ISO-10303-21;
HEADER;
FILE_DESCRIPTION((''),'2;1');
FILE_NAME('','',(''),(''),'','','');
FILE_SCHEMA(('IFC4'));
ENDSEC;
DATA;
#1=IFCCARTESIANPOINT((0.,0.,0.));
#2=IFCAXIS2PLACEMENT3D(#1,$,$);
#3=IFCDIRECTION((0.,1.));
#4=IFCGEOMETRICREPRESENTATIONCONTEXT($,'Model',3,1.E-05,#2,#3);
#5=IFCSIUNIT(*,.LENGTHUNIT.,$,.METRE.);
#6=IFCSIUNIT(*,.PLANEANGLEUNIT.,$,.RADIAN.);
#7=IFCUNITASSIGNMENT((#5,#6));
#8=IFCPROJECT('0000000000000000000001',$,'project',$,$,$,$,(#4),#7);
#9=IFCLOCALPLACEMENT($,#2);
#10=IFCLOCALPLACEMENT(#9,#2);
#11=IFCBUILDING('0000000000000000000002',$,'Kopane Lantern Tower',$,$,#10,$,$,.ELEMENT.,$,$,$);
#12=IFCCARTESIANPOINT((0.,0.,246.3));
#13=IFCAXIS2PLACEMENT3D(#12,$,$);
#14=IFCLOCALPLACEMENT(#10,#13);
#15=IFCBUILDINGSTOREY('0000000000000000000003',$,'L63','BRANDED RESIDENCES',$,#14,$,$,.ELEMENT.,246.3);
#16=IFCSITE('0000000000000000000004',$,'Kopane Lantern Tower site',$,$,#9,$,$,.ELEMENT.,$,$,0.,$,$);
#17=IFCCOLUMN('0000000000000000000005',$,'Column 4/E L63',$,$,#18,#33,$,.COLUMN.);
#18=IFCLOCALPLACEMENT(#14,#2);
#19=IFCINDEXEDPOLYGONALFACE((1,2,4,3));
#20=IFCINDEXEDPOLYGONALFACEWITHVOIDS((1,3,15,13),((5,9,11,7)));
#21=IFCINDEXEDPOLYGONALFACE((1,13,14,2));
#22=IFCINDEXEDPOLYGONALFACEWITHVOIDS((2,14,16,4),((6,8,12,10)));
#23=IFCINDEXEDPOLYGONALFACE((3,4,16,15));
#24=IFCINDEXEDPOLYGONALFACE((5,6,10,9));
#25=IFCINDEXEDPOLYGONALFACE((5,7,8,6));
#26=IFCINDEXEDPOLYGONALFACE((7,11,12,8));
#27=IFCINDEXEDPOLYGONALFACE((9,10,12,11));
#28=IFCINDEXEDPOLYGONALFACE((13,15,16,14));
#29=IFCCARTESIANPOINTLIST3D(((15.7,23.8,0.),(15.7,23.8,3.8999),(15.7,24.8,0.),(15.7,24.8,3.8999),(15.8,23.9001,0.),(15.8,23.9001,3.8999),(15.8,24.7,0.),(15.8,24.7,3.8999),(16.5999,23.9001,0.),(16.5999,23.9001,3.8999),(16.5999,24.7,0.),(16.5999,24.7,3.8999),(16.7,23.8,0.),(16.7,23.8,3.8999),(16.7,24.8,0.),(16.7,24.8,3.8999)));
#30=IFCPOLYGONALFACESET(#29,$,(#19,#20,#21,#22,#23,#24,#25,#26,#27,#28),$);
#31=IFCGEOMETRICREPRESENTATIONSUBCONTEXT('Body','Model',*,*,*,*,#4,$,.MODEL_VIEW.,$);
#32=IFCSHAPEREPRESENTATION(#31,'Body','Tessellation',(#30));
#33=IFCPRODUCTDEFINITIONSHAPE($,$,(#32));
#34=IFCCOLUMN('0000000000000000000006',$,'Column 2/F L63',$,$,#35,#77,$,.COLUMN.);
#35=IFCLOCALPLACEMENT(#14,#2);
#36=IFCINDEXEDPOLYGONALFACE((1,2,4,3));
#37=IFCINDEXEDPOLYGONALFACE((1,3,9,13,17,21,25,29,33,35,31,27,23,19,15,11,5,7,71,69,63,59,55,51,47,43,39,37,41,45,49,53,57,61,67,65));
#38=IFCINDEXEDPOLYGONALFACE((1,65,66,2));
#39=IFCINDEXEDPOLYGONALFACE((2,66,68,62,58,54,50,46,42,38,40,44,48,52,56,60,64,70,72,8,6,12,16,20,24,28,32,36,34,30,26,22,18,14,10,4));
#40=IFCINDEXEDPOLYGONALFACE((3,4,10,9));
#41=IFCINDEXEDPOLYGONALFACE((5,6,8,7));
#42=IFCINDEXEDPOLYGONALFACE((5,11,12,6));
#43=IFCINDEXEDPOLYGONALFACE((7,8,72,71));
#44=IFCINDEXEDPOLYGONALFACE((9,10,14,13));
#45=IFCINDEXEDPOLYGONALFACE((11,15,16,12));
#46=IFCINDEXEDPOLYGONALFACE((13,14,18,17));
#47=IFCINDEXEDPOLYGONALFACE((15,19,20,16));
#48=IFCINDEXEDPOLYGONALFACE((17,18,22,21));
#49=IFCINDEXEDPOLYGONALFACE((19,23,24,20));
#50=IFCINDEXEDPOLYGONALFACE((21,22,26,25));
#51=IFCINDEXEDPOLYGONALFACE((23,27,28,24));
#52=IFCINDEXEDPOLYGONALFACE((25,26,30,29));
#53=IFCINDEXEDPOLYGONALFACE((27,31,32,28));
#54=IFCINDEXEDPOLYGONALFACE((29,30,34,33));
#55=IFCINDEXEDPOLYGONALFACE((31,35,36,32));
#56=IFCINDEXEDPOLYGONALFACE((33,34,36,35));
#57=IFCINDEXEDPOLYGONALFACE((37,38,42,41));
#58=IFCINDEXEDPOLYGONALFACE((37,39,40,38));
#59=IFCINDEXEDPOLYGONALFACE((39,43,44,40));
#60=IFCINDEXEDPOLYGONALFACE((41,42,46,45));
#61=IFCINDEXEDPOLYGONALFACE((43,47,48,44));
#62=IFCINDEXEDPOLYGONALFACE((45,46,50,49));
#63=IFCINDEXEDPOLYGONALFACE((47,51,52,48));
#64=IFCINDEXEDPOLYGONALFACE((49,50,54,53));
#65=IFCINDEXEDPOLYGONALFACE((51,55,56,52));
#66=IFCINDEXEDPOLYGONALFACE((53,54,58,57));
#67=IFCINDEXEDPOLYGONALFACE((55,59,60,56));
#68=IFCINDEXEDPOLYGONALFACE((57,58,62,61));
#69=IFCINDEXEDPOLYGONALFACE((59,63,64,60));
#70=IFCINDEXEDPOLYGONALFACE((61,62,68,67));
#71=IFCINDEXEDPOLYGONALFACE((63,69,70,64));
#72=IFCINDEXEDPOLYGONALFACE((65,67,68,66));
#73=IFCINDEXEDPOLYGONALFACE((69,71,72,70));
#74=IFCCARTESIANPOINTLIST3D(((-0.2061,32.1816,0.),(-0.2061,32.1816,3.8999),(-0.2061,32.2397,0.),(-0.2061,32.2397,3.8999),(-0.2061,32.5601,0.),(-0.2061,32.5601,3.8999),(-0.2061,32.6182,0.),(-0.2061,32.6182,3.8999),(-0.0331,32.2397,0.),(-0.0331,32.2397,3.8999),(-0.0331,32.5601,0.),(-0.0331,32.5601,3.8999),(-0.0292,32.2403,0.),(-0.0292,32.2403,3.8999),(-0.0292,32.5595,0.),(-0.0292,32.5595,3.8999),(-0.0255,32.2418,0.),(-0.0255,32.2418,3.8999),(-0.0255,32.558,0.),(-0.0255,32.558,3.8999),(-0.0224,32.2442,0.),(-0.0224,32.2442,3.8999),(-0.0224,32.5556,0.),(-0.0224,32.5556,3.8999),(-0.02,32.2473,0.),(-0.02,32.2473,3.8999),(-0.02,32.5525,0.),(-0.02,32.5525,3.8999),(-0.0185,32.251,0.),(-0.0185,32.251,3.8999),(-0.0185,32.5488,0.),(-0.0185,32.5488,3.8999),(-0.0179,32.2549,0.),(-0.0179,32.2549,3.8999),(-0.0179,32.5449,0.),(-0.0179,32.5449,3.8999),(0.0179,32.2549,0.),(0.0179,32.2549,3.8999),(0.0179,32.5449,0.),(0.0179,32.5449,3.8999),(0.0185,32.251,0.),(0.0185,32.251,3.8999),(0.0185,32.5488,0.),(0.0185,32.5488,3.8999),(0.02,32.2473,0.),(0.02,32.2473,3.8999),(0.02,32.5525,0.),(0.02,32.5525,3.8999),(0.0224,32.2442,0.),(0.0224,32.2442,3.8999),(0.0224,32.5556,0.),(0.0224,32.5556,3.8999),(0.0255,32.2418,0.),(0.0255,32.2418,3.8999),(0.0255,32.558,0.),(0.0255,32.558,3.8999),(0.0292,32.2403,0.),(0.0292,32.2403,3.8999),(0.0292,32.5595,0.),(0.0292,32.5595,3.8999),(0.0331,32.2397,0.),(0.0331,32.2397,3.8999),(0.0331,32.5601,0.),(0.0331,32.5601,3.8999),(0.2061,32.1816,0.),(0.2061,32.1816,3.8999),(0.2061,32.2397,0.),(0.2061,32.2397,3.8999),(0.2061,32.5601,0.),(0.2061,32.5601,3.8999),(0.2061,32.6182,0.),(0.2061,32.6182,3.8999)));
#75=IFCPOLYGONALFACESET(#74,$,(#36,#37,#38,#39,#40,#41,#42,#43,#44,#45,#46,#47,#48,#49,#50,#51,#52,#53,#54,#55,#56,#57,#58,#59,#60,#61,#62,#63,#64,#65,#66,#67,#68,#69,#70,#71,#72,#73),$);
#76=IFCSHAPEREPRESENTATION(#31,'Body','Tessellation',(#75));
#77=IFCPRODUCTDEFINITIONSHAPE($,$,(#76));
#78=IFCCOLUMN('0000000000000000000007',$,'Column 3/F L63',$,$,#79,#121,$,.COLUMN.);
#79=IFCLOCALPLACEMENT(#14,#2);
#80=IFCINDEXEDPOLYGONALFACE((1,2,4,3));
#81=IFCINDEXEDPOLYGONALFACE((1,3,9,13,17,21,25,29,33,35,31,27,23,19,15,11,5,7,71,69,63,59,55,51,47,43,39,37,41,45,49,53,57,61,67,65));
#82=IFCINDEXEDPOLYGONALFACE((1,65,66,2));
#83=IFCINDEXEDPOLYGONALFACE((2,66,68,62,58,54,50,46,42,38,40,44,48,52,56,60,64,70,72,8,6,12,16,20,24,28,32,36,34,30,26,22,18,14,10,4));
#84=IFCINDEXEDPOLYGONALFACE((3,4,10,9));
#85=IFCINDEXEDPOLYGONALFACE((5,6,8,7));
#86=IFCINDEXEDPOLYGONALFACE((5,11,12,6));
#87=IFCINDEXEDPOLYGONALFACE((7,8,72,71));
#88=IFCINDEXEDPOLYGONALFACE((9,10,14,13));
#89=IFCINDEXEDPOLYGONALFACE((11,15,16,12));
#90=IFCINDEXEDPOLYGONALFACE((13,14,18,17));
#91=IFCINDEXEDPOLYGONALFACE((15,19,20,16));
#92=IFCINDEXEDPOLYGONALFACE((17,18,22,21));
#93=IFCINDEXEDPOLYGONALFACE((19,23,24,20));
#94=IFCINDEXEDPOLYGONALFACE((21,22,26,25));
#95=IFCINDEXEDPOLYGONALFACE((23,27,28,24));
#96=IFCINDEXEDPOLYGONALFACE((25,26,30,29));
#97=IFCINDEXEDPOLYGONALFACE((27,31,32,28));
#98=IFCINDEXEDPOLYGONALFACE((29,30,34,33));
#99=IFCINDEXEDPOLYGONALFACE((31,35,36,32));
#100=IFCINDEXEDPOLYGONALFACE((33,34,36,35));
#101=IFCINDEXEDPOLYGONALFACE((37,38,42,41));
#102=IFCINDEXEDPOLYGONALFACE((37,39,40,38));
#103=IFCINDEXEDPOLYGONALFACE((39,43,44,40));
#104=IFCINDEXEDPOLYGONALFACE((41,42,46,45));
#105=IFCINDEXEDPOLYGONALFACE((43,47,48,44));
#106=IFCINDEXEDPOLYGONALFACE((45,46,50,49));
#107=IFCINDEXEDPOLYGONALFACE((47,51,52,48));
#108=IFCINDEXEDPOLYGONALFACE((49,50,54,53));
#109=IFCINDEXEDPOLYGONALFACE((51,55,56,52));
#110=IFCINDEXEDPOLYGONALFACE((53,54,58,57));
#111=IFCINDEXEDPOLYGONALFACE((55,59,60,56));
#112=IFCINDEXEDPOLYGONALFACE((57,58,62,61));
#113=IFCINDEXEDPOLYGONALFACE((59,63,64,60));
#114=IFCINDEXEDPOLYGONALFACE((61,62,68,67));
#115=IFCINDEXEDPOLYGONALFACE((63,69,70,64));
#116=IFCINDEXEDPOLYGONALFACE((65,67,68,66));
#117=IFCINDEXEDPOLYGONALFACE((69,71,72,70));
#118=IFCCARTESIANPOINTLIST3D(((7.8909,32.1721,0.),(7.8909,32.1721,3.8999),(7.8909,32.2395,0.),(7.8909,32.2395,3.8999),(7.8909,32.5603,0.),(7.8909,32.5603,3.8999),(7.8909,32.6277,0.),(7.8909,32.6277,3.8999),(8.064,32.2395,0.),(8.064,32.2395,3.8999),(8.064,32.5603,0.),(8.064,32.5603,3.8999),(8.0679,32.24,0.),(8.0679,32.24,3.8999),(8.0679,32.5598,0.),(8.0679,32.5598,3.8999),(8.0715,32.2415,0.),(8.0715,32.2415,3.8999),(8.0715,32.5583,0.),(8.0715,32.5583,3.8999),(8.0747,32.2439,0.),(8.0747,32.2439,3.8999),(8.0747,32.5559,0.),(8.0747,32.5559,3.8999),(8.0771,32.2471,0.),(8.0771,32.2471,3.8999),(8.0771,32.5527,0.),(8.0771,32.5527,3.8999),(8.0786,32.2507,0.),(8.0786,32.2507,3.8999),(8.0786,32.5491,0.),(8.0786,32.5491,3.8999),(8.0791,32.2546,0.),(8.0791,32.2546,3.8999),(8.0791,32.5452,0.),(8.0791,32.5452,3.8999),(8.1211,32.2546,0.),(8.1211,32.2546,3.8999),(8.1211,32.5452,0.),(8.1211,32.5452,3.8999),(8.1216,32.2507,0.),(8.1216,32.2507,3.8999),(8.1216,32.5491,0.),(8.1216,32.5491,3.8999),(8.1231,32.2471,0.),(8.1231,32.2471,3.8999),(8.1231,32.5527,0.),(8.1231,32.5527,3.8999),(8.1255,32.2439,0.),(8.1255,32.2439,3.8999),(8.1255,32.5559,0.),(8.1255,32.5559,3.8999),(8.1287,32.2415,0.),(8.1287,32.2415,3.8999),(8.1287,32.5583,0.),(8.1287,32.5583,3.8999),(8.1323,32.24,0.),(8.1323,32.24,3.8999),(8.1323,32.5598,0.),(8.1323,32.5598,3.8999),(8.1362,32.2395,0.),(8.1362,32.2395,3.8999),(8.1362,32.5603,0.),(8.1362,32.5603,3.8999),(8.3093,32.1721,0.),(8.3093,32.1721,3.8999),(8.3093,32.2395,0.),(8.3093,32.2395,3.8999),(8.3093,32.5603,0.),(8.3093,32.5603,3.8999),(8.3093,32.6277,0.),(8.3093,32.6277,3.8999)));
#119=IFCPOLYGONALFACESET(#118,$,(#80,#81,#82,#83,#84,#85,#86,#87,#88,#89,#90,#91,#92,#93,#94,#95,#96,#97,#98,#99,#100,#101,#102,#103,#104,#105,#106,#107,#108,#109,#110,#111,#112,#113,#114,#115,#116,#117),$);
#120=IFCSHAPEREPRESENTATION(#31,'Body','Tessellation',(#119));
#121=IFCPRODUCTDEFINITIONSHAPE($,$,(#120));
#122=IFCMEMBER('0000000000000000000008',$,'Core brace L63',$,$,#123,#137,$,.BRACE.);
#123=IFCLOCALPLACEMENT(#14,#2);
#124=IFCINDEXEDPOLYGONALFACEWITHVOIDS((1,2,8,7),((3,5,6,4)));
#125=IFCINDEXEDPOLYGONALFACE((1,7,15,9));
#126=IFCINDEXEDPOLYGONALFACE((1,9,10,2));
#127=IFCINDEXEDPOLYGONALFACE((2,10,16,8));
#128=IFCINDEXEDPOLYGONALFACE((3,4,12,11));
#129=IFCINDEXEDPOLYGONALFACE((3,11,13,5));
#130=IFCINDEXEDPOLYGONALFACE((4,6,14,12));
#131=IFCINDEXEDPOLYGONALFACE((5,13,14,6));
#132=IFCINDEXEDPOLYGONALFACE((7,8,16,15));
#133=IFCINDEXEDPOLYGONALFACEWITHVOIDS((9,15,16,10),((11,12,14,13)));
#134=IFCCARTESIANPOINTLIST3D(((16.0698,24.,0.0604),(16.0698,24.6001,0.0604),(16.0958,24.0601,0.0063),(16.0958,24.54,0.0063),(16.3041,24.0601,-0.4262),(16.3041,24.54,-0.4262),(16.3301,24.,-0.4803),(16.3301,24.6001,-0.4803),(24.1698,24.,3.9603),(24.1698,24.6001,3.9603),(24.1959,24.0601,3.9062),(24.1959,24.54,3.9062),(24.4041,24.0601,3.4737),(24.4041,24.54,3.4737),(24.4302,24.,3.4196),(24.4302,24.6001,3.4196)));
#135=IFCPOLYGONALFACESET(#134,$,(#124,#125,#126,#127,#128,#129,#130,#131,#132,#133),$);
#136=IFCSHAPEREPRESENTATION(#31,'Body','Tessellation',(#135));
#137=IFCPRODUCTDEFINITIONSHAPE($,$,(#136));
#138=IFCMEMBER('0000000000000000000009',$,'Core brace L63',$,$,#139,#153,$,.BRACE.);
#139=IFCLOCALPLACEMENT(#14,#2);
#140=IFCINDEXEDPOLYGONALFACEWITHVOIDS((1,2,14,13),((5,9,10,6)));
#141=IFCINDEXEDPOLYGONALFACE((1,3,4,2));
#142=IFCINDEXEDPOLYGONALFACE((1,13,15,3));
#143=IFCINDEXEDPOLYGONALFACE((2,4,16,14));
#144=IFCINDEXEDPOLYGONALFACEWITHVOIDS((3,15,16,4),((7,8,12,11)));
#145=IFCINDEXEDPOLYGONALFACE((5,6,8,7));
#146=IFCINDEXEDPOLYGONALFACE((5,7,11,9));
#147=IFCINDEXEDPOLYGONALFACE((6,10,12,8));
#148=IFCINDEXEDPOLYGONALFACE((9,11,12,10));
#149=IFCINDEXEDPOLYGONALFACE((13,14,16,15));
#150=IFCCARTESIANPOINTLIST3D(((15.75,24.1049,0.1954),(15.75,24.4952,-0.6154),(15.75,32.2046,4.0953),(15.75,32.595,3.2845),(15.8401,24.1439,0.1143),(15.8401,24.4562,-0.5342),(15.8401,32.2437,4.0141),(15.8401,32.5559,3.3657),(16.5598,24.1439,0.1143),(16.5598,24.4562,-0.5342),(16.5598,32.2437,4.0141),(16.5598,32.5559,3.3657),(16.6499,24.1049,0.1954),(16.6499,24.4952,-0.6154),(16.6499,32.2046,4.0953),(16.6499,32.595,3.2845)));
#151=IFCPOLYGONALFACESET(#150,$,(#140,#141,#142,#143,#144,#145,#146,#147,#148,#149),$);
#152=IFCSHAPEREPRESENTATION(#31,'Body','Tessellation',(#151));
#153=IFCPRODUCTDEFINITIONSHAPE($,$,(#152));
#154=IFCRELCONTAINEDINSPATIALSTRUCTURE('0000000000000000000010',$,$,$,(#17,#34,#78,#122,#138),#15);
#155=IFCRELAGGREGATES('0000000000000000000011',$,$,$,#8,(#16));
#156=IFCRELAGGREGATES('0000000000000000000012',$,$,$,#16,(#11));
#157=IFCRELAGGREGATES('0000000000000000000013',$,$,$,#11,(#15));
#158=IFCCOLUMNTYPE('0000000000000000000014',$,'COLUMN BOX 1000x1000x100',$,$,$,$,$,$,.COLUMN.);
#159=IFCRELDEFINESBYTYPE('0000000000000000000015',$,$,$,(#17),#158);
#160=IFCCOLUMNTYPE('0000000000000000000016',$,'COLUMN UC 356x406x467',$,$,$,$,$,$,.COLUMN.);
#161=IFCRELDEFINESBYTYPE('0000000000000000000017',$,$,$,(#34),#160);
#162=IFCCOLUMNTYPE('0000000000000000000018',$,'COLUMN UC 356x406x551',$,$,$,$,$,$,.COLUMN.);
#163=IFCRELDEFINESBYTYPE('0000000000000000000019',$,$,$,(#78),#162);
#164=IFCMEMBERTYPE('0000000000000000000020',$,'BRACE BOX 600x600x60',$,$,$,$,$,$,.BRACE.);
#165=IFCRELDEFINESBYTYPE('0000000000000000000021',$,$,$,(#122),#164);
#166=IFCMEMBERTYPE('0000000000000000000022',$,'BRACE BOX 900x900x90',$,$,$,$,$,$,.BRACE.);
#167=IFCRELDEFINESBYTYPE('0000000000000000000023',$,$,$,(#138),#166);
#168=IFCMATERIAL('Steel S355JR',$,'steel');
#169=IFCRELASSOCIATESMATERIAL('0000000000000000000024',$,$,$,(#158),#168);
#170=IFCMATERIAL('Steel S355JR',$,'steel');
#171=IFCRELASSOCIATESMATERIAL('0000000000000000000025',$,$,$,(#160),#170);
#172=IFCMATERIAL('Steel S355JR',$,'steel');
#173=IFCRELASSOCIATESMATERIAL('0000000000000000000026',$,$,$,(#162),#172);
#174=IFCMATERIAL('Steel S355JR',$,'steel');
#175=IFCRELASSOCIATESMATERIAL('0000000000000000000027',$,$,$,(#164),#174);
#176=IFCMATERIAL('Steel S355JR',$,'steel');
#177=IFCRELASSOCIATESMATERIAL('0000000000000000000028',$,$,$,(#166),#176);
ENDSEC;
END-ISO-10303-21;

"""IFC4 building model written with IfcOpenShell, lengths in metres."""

from ifc_helpers import new_model, si_unit, direction, frame, origin, origin_2d, place, context, subcontext, project, spatial, hollow_rectangle, i_section, extrude, material, material_profile, profile_set, type_object, element, save


model = new_model("IFC4")

# Units and contexts
model_context = context("Model", 3, precision=1e-05, world=origin(), true_north=direction((0.0, 1.0)))
body_context = subcontext(model_context, "Body", "Model", "MODEL_VIEW")
ifc_project = project(units=[si_unit("LENGTHUNIT", "METRE"), si_unit("PLANEANGLEUNIT", "RADIAN")], contexts=[model_context])

# Site, building, storey
site_placement = place(None, origin())
site = spatial("IfcSite", under=ifc_project, at=site_placement, Name="Kopane Lantern Tower site", CompositionType="ELEMENT", RefElevation=0.0)
building_placement = place(site_placement, origin())
building = spatial("IfcBuilding", under=site, at=building_placement, Name="Kopane Lantern Tower", CompositionType="ELEMENT")
storey_placement = place(building_placement, frame((0.0, 0.0, 246.3)))
storey = spatial("IfcBuildingStorey", under=building, at=storey_placement, Name="L63", Description="BRANDED RESIDENCES", CompositionType="ELEMENT", Elevation=246.3)

# Columns
ifc_material_1 = material(Name="Steel S355JR", Category="steel")
ifc_material_profile_1 = material_profile(ifc_material_1, hollow_rectangle(XDim=1.0, YDim=1.0, WallThickness=0.1001, at=origin_2d()), Name="BOX 1000x1000x100")
ifc_profile_set_1 = profile_set([ifc_material_profile_1], Name="Steel S355JR")
column_type_1 = type_object("IfcColumnType", Name="COLUMN BOX 1000x1000x100", PredefinedType="COLUMN", material=ifc_profile_set_1)
column_1_placement = place(storey_placement, frame((16.2, 24.3, 0.0), z_axis=(0.0, 0.0, 1.0), x_axis=(1.0, 0.0, 0.0)))
element("IfcColumn", 1, at=column_1_placement, inside=storey, type_object=column_type_1, Name="Column 4/E L63", PredefinedType="COLUMN", context=body_context, shape_type="SweptSolid", body=[
    extrude(hollow_rectangle(XDim=1.0, YDim=1.0, WallThickness=0.1001, at=origin_2d()), origin(), (0.0, 0.0, 1.0), 3.8999),
])
ifc_material_2 = material(Name="Steel S355JR", Category="steel")
ifc_material_profile_2 = material_profile(ifc_material_2, i_section(OverallWidth=0.4121, OverallDepth=0.4365, WebThickness=0.0359, FlangeThickness=0.0581, FilletRadius=0.0151, at=origin_2d()), Name="UC 356x406x467")
ifc_profile_set_2 = profile_set([ifc_material_profile_2], Name="Steel S355JR")
column_type_2 = type_object("IfcColumnType", Name="COLUMN UC 356x406x467", PredefinedType="COLUMN", material=ifc_profile_set_2)
column_2_placement = place(storey_placement, frame((0.0, 32.3999, 0.0), z_axis=(0.0, 0.0, 1.0), x_axis=(1.0, 0.0, 0.0)))
element("IfcColumn", 2, at=column_2_placement, inside=storey, type_object=column_type_2, Name="Column 2/F L63", PredefinedType="COLUMN", context=body_context, shape_type="SweptSolid", body=[
    extrude(i_section(OverallWidth=0.4121, OverallDepth=0.4365, WebThickness=0.0359, FlangeThickness=0.0581, FilletRadius=0.0151, at=origin_2d()), origin(), (0.0, 0.0, 1.0), 3.8999),
])
ifc_material_3 = material(Name="Steel S355JR", Category="steel")
ifc_material_profile_3 = material_profile(ifc_material_3, i_section(OverallWidth=0.4185, OverallDepth=0.4556, WebThickness=0.042, FlangeThickness=0.0674, FilletRadius=0.0151, at=origin_2d()), Name="UC 356x406x551")
ifc_profile_set_3 = profile_set([ifc_material_profile_3], Name="Steel S355JR")
column_type_3 = type_object("IfcColumnType", Name="COLUMN UC 356x406x551", PredefinedType="COLUMN", material=ifc_profile_set_3)
column_3_placement = place(storey_placement, frame((8.1001, 32.3999, 0.0), z_axis=(0.0, 0.0, 1.0), x_axis=(1.0, 0.0, 0.0)))
element("IfcColumn", 3, at=column_3_placement, inside=storey, type_object=column_type_3, Name="Column 3/F L63", PredefinedType="COLUMN", context=body_context, shape_type="SweptSolid", body=[
    extrude(i_section(OverallWidth=0.4185, OverallDepth=0.4556, WebThickness=0.042, FlangeThickness=0.0674, FilletRadius=0.0151, at=origin_2d()), origin(), (0.0, 0.0, 1.0), 3.8999),
])

# Members
ifc_material_4 = material(Name="Steel S355JR", Category="steel")
ifc_material_profile_4 = material_profile(ifc_material_4, hollow_rectangle(XDim=0.6001, YDim=0.6001, WallThickness=0.0601, at=origin_2d()), Name="BOX 600x600x60")
ifc_profile_set_4 = profile_set([ifc_material_profile_4], Name="Steel S355JR")
member_type_1 = type_object("IfcMemberType", Name="BRACE BOX 600x600x60", PredefinedType="BRACE", material=ifc_profile_set_4)
member_1_placement = place(storey_placement, frame((16.2, 24.3, -0.21), z_axis=(0.901008, 0.0, 0.433803), x_axis=(0.0, 1.0, 0.0)))
element("IfcMember", 4, at=member_1_placement, inside=storey, type_object=member_type_1, Name="Core brace L63", PredefinedType="BRACE", context=body_context, shape_type="SweptSolid", body=[
    extrude(hollow_rectangle(XDim=0.6001, YDim=0.6001, WallThickness=0.0601, at=origin_2d()), origin(), (0.0, 0.0, 1.0), 8.99),
])
ifc_material_5 = material(Name="Steel S355JR", Category="steel")
ifc_material_profile_5 = material_profile(ifc_material_5, hollow_rectangle(XDim=0.8999, YDim=0.8999, WallThickness=0.0901, at=origin_2d()), Name="BOX 900x900x90")
ifc_profile_set_5 = profile_set([ifc_material_profile_5], Name="Steel S355JR")
member_type_2 = type_object("IfcMemberType", Name="BRACE BOX 900x900x90", PredefinedType="BRACE", material=ifc_profile_set_5)
member_2_placement = place(storey_placement, frame((16.2, 24.3, -0.21), z_axis=(0.0, 0.901003, 0.433813), x_axis=(-1.0, 0.0, 0.0)))
element("IfcMember", 5, at=member_2_placement, inside=storey, type_object=member_type_2, Name="Core brace L63", PredefinedType="BRACE", context=body_context, shape_type="SweptSolid", body=[
    extrude(hollow_rectangle(XDim=0.8999, YDim=0.8999, WallThickness=0.0901, at=origin_2d()), origin(), (0.0, 0.0, 1.0), 8.9897),
])

save(model, "model.ifc")
